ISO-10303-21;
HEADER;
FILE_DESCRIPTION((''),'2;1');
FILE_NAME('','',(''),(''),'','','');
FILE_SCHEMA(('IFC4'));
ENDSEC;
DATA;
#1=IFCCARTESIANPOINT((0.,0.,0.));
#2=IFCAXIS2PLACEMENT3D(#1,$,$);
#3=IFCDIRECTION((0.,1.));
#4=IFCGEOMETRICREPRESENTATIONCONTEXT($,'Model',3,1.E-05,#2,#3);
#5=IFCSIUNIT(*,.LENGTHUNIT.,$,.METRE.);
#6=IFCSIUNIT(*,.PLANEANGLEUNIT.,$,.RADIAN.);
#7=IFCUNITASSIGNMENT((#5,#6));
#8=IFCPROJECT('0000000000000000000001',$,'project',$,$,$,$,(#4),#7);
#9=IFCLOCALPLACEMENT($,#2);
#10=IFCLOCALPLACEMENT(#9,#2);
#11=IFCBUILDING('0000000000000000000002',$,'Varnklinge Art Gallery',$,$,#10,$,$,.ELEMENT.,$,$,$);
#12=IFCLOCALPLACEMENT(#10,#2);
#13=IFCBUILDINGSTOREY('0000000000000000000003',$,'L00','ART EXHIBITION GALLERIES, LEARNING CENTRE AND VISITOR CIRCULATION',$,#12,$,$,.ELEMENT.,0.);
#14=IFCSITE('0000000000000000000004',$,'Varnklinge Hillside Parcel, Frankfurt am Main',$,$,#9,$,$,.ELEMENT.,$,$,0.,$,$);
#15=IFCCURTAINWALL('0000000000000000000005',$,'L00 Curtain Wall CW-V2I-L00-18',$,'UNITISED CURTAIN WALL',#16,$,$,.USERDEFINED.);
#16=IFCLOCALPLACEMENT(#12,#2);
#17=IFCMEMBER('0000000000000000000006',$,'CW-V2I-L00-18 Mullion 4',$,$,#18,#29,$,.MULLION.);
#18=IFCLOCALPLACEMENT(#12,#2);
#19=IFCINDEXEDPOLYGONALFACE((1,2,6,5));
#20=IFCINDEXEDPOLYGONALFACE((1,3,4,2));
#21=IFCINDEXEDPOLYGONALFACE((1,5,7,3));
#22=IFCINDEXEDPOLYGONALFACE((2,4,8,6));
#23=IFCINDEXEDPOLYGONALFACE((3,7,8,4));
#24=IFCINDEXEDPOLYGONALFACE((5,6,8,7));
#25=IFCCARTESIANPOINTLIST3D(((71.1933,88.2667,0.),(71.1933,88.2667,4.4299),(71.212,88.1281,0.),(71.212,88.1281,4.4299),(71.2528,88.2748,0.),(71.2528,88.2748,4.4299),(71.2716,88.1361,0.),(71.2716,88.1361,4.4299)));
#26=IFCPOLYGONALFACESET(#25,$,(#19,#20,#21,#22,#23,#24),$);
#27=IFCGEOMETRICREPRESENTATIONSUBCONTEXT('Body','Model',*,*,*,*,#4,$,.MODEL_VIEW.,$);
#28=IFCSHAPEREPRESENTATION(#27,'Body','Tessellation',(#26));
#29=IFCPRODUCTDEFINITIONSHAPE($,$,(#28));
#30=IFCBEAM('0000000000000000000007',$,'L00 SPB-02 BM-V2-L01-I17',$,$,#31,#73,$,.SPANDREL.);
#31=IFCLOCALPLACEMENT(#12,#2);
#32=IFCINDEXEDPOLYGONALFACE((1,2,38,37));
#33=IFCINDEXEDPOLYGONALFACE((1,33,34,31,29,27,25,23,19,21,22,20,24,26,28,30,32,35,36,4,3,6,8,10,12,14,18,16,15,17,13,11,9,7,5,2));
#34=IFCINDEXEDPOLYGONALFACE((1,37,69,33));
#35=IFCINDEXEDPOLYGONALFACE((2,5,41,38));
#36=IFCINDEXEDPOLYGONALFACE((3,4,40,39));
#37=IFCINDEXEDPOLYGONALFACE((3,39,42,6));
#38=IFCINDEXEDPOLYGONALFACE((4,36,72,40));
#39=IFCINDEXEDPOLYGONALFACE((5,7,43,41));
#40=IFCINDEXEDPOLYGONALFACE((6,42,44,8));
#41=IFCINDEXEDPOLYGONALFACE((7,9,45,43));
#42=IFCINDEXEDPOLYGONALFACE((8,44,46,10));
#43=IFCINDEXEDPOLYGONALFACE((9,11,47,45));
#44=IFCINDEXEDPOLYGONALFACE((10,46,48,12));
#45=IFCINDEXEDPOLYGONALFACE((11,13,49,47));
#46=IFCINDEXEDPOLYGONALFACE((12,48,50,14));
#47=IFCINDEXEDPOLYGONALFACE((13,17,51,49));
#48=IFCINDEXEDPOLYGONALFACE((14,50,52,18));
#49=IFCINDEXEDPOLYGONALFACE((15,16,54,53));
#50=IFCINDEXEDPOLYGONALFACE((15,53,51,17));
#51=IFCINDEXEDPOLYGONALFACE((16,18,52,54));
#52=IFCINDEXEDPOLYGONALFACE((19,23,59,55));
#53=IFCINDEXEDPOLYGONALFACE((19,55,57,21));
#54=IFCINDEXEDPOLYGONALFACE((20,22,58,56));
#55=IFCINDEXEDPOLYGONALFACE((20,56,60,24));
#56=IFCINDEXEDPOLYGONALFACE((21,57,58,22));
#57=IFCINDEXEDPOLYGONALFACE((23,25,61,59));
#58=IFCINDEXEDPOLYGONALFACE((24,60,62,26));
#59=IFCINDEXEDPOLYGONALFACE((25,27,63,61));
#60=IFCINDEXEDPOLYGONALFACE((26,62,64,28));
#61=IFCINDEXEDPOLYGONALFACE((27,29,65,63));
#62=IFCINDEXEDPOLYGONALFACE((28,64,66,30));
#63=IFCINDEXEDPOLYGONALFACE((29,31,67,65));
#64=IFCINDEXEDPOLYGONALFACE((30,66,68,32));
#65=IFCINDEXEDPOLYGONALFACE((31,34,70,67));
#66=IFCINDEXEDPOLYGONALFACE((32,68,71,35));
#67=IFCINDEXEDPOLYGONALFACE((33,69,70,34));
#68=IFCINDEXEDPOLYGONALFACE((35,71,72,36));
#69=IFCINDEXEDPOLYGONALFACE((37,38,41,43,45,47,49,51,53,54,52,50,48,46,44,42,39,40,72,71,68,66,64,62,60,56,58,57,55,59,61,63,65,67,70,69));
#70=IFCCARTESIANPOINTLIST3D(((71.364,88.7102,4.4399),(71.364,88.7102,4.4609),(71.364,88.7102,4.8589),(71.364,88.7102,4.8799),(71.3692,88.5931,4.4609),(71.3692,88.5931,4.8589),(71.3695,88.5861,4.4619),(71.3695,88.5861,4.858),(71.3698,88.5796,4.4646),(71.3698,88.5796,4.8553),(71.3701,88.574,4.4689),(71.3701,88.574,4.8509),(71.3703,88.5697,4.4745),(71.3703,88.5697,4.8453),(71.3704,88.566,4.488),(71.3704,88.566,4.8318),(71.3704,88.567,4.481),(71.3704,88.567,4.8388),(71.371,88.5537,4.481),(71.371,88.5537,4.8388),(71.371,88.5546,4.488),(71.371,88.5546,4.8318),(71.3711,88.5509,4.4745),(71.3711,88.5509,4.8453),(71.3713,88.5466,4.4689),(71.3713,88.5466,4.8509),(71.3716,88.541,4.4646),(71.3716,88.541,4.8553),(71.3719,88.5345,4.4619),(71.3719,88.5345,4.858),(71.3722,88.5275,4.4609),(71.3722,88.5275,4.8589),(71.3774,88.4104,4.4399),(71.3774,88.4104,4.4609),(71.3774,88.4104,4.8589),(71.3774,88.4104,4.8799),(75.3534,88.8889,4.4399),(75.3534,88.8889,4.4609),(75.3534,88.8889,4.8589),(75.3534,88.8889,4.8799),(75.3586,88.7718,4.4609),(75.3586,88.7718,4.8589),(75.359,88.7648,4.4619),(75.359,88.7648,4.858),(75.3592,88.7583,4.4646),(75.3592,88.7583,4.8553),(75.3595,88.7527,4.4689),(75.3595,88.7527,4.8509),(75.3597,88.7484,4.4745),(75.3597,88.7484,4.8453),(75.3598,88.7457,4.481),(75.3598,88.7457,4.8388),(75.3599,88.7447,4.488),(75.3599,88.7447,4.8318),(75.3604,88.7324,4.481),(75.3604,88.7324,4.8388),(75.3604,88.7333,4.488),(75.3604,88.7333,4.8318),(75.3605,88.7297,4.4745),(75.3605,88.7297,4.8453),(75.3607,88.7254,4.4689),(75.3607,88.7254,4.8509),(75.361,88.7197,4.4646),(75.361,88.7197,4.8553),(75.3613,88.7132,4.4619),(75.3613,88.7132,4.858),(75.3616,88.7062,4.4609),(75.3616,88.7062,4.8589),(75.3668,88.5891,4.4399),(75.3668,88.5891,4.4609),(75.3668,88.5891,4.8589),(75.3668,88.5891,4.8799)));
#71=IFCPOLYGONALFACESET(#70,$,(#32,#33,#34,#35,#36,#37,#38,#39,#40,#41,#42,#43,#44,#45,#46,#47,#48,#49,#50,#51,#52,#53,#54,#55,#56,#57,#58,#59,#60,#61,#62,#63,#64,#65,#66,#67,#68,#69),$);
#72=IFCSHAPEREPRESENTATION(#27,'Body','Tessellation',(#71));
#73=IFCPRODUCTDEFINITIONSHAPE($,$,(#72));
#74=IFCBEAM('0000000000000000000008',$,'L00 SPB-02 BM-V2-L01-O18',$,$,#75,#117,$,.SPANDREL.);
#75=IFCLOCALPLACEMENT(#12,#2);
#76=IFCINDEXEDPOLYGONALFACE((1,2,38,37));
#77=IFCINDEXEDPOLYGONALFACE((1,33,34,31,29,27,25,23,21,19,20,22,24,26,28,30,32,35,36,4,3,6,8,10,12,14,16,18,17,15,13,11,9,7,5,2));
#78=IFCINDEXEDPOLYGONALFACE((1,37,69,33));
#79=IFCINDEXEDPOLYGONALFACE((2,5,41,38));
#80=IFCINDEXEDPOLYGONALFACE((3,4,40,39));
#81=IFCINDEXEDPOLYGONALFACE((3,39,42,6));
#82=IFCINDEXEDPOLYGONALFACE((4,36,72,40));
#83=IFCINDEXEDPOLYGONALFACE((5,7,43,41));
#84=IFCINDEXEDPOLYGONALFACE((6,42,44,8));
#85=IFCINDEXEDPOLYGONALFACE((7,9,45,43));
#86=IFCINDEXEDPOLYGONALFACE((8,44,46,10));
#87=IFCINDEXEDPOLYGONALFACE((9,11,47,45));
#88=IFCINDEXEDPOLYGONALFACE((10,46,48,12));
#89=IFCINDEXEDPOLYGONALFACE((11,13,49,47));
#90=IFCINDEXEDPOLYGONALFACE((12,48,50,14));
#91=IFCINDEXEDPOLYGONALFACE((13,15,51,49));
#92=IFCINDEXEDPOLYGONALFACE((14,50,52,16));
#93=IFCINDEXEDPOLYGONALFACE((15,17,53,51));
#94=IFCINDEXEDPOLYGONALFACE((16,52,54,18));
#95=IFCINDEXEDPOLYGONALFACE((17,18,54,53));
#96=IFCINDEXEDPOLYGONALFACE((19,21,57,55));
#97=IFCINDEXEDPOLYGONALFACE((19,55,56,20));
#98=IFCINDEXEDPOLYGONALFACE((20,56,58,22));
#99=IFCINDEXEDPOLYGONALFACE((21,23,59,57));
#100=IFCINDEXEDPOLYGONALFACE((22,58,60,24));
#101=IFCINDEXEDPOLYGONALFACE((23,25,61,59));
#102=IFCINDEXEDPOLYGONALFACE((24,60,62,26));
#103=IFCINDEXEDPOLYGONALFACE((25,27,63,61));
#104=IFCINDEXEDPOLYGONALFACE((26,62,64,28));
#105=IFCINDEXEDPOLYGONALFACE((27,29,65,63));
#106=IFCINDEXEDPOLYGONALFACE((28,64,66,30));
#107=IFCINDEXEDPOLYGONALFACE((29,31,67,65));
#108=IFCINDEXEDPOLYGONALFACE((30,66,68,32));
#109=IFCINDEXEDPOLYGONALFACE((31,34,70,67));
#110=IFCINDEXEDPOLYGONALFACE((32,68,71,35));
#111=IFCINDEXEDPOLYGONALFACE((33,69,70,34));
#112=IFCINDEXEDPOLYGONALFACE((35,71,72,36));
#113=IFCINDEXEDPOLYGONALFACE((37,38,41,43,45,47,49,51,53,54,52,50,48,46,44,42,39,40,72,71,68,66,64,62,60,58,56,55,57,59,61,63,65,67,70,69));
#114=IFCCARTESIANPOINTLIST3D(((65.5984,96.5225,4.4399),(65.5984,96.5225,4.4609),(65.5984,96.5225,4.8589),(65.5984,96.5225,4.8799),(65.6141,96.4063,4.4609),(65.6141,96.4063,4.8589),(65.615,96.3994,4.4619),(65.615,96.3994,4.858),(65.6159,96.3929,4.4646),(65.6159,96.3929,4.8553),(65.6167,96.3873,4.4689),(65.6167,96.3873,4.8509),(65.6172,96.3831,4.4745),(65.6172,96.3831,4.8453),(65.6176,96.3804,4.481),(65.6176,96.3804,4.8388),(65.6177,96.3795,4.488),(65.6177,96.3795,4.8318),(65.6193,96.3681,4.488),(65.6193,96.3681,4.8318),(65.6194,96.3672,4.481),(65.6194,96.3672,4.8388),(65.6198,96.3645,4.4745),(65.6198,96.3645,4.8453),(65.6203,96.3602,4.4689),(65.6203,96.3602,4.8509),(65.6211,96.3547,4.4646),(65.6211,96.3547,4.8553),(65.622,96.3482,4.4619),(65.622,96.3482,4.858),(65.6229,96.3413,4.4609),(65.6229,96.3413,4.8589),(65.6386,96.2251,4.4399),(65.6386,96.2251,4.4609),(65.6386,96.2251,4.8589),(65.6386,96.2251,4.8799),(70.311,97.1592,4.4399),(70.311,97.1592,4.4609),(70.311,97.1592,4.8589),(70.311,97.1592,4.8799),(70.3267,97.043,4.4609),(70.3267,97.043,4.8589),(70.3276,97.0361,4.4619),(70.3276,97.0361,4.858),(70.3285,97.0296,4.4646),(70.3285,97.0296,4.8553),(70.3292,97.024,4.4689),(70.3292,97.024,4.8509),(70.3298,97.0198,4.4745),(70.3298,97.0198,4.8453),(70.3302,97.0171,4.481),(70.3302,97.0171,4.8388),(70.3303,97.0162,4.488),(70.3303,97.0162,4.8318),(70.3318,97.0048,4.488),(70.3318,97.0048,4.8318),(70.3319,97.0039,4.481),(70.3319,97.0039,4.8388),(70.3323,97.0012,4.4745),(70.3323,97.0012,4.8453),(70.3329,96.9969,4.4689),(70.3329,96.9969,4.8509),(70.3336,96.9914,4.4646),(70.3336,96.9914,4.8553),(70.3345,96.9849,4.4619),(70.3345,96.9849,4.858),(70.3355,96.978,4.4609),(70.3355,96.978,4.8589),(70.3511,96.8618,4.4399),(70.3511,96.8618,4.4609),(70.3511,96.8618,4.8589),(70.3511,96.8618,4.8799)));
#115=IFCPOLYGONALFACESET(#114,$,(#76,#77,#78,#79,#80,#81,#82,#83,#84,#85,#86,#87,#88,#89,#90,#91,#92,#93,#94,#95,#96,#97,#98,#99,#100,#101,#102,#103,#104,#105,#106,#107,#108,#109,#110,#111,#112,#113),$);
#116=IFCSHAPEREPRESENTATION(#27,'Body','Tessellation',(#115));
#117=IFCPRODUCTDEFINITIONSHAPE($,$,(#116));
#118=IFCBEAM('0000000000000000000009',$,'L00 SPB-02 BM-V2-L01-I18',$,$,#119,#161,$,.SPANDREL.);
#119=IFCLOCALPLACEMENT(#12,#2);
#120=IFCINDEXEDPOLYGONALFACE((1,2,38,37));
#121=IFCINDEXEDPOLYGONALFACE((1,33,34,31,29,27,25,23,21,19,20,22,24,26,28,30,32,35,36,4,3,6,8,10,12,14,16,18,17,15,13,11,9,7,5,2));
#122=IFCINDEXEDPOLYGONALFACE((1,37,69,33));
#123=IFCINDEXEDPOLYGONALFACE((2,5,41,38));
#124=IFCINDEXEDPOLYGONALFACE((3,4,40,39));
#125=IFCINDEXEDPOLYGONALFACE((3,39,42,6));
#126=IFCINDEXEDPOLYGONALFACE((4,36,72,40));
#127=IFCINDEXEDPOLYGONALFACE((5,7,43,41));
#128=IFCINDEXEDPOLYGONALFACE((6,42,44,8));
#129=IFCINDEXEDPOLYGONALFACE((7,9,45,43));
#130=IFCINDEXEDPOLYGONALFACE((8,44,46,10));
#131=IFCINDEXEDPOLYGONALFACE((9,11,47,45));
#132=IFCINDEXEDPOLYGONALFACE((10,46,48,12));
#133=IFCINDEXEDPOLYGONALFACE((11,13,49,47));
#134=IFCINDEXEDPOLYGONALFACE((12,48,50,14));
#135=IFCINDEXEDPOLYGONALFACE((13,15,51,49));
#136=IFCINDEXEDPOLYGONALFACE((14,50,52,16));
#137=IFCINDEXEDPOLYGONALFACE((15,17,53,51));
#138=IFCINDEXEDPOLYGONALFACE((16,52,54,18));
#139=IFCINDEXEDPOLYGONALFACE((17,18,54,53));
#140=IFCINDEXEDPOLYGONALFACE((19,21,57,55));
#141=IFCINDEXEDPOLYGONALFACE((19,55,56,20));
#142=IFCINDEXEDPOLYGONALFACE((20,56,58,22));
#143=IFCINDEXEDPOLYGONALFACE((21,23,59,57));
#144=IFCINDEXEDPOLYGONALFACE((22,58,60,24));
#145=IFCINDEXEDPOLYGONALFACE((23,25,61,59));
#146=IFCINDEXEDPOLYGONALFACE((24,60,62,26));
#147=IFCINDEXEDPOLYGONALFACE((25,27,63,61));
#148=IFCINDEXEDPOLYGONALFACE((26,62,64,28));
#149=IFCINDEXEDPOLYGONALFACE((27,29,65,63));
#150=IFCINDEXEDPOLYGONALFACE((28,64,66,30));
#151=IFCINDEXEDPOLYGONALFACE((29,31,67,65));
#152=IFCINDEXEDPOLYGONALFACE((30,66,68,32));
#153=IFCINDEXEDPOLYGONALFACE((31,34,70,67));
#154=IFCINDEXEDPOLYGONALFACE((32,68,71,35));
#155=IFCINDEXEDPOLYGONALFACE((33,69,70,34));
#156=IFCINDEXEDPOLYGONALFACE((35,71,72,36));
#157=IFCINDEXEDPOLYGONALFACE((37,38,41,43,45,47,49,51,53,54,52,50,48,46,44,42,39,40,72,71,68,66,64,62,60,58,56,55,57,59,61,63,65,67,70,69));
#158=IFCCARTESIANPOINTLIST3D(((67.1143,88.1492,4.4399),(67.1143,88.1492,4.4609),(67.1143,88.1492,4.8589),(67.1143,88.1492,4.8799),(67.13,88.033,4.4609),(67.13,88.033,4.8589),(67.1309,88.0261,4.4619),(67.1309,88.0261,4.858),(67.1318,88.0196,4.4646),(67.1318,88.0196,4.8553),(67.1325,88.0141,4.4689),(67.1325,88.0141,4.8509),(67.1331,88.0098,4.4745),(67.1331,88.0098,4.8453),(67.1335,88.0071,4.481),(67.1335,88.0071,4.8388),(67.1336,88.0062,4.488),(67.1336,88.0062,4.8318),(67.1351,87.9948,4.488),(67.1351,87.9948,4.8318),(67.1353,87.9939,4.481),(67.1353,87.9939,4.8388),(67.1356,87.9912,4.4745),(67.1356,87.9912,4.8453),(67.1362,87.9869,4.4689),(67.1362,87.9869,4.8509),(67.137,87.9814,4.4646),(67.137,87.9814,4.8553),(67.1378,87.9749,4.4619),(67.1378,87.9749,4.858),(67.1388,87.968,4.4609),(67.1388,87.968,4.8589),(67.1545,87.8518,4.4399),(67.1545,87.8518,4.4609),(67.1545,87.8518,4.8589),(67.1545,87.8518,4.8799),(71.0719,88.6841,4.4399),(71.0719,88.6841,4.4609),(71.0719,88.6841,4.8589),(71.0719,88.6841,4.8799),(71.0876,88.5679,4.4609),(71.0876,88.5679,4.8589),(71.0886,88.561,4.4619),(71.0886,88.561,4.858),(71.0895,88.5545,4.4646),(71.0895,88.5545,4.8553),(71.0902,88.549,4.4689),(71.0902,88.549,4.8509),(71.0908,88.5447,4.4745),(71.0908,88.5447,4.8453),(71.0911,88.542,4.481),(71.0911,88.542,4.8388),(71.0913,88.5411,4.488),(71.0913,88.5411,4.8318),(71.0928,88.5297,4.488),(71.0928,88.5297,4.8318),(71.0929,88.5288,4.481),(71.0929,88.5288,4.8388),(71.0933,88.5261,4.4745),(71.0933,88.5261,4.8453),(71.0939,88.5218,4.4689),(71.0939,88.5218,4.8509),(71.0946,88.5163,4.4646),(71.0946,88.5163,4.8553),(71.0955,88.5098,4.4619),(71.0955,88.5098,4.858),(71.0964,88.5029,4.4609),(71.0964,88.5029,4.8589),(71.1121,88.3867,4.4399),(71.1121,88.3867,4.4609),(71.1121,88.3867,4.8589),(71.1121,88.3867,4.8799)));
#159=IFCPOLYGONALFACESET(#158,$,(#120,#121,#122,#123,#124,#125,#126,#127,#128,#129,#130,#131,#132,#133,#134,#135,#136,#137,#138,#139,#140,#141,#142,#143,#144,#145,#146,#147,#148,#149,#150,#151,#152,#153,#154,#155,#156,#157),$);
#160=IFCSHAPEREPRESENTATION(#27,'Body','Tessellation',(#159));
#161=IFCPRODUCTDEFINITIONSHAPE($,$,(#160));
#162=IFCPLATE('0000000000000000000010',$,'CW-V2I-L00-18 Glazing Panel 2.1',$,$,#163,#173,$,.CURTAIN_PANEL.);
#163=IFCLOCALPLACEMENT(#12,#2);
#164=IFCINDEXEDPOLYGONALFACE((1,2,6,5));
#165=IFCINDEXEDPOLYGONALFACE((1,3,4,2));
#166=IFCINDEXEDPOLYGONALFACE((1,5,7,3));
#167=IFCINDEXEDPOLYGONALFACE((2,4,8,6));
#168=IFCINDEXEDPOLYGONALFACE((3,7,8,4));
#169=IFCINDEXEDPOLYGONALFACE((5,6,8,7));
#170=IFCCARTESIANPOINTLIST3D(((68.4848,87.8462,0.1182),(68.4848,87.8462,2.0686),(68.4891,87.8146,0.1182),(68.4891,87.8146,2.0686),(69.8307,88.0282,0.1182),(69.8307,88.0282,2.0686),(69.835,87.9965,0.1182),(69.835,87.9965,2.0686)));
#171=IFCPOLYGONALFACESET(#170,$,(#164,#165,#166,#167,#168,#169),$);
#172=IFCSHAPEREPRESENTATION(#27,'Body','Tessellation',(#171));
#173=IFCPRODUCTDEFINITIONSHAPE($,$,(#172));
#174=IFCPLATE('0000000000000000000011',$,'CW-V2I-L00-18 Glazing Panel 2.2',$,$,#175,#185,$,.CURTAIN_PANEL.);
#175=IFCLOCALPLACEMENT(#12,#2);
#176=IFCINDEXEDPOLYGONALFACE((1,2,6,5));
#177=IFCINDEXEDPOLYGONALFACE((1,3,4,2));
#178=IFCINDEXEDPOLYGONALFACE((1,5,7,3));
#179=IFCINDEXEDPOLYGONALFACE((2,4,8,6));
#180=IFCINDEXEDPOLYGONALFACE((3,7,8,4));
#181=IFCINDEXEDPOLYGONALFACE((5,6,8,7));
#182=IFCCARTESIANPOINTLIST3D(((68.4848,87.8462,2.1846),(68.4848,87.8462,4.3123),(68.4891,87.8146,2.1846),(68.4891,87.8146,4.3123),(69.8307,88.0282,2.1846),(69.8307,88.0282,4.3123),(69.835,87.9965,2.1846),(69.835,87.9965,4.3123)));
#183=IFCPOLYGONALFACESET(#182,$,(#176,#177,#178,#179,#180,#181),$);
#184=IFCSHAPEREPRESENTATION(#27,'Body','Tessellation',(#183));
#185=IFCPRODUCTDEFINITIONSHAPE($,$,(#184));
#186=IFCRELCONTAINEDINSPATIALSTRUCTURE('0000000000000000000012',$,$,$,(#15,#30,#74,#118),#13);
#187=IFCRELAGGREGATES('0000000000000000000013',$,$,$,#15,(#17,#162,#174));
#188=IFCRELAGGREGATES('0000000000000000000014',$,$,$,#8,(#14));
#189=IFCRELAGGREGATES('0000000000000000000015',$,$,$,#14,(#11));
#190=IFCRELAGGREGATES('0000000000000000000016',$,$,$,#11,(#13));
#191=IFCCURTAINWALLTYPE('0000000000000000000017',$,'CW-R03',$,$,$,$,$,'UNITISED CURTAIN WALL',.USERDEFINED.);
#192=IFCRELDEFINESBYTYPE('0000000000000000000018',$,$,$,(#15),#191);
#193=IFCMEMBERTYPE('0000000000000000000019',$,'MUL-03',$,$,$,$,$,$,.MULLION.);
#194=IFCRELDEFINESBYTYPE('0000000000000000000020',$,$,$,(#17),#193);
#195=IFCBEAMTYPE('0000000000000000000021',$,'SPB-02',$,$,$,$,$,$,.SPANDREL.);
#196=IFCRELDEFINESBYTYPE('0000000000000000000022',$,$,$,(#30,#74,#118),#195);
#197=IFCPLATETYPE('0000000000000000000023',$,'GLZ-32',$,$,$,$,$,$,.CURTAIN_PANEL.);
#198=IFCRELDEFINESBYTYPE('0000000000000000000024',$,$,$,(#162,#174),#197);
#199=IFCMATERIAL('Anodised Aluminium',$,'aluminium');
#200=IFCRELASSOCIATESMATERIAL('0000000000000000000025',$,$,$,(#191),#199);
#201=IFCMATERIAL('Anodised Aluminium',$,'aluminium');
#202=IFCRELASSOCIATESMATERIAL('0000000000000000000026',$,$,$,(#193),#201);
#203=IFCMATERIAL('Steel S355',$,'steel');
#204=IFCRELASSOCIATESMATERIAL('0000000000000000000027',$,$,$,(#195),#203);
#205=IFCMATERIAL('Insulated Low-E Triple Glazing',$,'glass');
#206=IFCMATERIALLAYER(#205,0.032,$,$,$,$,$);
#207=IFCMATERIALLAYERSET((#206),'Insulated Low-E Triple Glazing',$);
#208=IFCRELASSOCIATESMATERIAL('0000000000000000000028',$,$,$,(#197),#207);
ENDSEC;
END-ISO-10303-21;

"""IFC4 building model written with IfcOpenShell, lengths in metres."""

from ifc_helpers import new_model, si_unit, direction, frame, origin, origin_2d, place, context, subcontext, project, spatial, rectangle, i_section, extrude, material, layer, layer_set, material_profile, profile_set, type_object, element, aggregate, save


model = new_model("IFC4")

# Units and contexts
model_context = context("Model", 3, precision=1e-05, world=origin(), true_north=direction((0.0, 1.0)))
body_context = subcontext(model_context, "Body", "Model", "MODEL_VIEW")
ifc_project = project(units=[si_unit("LENGTHUNIT", "METRE"), si_unit("PLANEANGLEUNIT", "RADIAN")], contexts=[model_context])

# Site, building, storey
site_placement = place(None, origin())
site = spatial("IfcSite", under=ifc_project, at=site_placement, Name="Varnklinge Hillside Parcel, Frankfurt am Main", CompositionType="ELEMENT", RefElevation=0.0)
building_placement = place(site_placement, origin())
building = spatial("IfcBuilding", under=site, at=building_placement, Name="Varnklinge Art Gallery", CompositionType="ELEMENT")
storey_placement = place(building_placement, origin())
storey = spatial("IfcBuildingStorey", under=building, at=storey_placement, Name="L00", Description="ART EXHIBITION GALLERIES, LEARNING CENTRE AND VISITOR CIRCULATION", CompositionType="ELEMENT", Elevation=0.0)

# Shared definitions
ifc_material_1 = material(Name="Anodised Aluminium", Category="aluminium")
curtain_wall_type = type_object("IfcCurtainWallType", Name="CW-R03", ElementType="UNITISED CURTAIN WALL", PredefinedType="USERDEFINED", material=ifc_material_1)

# Curtain wall, member
curtain_wall_1_placement = place(storey_placement, origin())
curtain_wall_1 = element("IfcCurtainWall", 1, at=curtain_wall_1_placement, inside=storey, type_object=curtain_wall_type, Name="L00 Curtain Wall CW-V2I-L00-18", ObjectType="UNITISED CURTAIN WALL", PredefinedType="USERDEFINED")
ifc_material_2 = material(Name="Anodised Aluminium", Category="aluminium")
ifc_material_profile_1 = material_profile(ifc_material_2, rectangle(XDim=0.0601, YDim=0.1399, at=origin_2d()), Name="ALU 60x140")
ifc_profile_set_1 = profile_set([ifc_material_profile_1], Name="Anodised Aluminium")
member_type_1 = type_object("IfcMemberType", Name="MUL-03", PredefinedType="MULLION", material=ifc_profile_set_1)
member_1_placement = place(storey_placement, frame((71.2324, 88.2014, 0.0), z_axis=(0.0, 0.0, 1.0), x_axis=(0.990983, 0.133986, 0.0)))
member_1 = element("IfcMember", 2, at=member_1_placement, type_object=member_type_1, Name="CW-V2I-L00-18 Mullion 4", PredefinedType="MULLION", context=body_context, shape_type="SweptSolid", body=[
    extrude(rectangle(XDim=0.0601, YDim=0.1399, at=origin_2d()), origin(), (0.0, 0.0, 1.0), 4.4299),
])

# Beams
ifc_material_3 = material(Name="Steel S355", Category="steel")
ifc_material_profile_2 = material_profile(ifc_material_3, i_section(OverallWidth=0.3, OverallDepth=0.4399, WebThickness=0.0115, FlangeThickness=0.021, FilletRadius=0.0271, at=origin_2d()), Name="HEA 450")
ifc_profile_set_2 = profile_set([ifc_material_profile_2], Name="Steel S355")
beam_type_1 = type_object("IfcBeamType", Name="SPB-02", PredefinedType="SPANDREL", material=ifc_profile_set_2)
beam_1_placement = place(storey_placement, frame((75.3601, 88.739, 4.6599), z_axis=(-0.998998, -0.04475, 0.0), x_axis=(0.04475, -0.998998, 0.0)))
element("IfcBeam", 3, at=beam_1_placement, inside=storey, type_object=beam_type_1, Name="L00 SPB-02 BM-V2-L01-I17", PredefinedType="SPANDREL", context=body_context, shape_type="SweptSolid", body=[
    extrude(i_section(OverallWidth=0.3, OverallDepth=0.4399, WebThickness=0.0115, FlangeThickness=0.021, FilletRadius=0.0271, at=origin_2d()), origin(), (0.0, 0.0, 1.0), 3.9934),
])
beam_2_placement = place(storey_placement, frame((70.3311, 97.0105, 4.6599), z_axis=(-0.990996, -0.133892, 0.0), x_axis=(0.133892, -0.990996, 0.0)))
element("IfcBeam", 4, at=beam_2_placement, inside=storey, type_object=beam_type_1, Name="L00 SPB-02 BM-V2-L01-O18", PredefinedType="SPANDREL", context=body_context, shape_type="SweptSolid", body=[
    extrude(i_section(OverallWidth=0.3, OverallDepth=0.4399, WebThickness=0.0115, FlangeThickness=0.021, FilletRadius=0.0271, at=origin_2d()), origin(), (0.0, 0.0, 1.0), 4.7554),
])
beam_3_placement = place(storey_placement, frame((71.092, 88.5354, 4.6599), z_axis=(-0.99099, -0.133937, 0.0), x_axis=(0.133937, -0.99099, 0.0)))
element("IfcBeam", 5, at=beam_3_placement, inside=storey, type_object=beam_type_1, Name="L00 SPB-02 BM-V2-L01-I18", PredefinedType="SPANDREL", context=body_context, shape_type="SweptSolid", body=[
    extrude(i_section(OverallWidth=0.3, OverallDepth=0.4399, WebThickness=0.0115, FlangeThickness=0.021, FilletRadius=0.0271, at=origin_2d()), origin(), (0.0, 0.0, 1.0), 3.9937),
])

# Plates
ifc_material_4 = material(Name="Insulated Low-E Triple Glazing", Category="glass")
ifc_layer_1 = layer(ifc_material_4, 0.032)
ifc_layer_set_1 = layer_set([ifc_layer_1], Name="Insulated Low-E Triple Glazing")
plate_type = type_object("IfcPlateType", Name="GLZ-32", PredefinedType="CURTAIN_PANEL", material=ifc_layer_set_1)
plate_1_placement = place(storey_placement, frame((69.1599, 87.9214, 0.1182), z_axis=(0.0, 0.0, 1.0), x_axis=(0.990983, 0.133986, 0.0)))
plate_1 = element("IfcPlate", 6, at=plate_1_placement, type_object=plate_type, Name="CW-V2I-L00-18 Glazing Panel 2.1", PredefinedType="CURTAIN_PANEL", context=body_context, shape_type="SweptSolid", body=[
    extrude(rectangle(XDim=1.3582, YDim=0.032, at=origin_2d()), origin(), (0.0, 0.0, 1.0), 1.9504),
])
plate_2_placement = place(storey_placement, frame((69.1599, 87.9214, 2.1846), z_axis=(0.0, 0.0, 1.0), x_axis=(0.990983, 0.133986, 0.0)))
plate_2 = element("IfcPlate", 7, at=plate_2_placement, type_object=plate_type, Name="CW-V2I-L00-18 Glazing Panel 2.2", PredefinedType="CURTAIN_PANEL", context=body_context, shape_type="SweptSolid", body=[
    extrude(rectangle(XDim=1.3582, YDim=0.032, at=origin_2d()), origin(), (0.0, 0.0, 1.0), 2.1277),
])
aggregate(curtain_wall_1, [member_1, plate_1, plate_2])

save(model, "model.ifc")
